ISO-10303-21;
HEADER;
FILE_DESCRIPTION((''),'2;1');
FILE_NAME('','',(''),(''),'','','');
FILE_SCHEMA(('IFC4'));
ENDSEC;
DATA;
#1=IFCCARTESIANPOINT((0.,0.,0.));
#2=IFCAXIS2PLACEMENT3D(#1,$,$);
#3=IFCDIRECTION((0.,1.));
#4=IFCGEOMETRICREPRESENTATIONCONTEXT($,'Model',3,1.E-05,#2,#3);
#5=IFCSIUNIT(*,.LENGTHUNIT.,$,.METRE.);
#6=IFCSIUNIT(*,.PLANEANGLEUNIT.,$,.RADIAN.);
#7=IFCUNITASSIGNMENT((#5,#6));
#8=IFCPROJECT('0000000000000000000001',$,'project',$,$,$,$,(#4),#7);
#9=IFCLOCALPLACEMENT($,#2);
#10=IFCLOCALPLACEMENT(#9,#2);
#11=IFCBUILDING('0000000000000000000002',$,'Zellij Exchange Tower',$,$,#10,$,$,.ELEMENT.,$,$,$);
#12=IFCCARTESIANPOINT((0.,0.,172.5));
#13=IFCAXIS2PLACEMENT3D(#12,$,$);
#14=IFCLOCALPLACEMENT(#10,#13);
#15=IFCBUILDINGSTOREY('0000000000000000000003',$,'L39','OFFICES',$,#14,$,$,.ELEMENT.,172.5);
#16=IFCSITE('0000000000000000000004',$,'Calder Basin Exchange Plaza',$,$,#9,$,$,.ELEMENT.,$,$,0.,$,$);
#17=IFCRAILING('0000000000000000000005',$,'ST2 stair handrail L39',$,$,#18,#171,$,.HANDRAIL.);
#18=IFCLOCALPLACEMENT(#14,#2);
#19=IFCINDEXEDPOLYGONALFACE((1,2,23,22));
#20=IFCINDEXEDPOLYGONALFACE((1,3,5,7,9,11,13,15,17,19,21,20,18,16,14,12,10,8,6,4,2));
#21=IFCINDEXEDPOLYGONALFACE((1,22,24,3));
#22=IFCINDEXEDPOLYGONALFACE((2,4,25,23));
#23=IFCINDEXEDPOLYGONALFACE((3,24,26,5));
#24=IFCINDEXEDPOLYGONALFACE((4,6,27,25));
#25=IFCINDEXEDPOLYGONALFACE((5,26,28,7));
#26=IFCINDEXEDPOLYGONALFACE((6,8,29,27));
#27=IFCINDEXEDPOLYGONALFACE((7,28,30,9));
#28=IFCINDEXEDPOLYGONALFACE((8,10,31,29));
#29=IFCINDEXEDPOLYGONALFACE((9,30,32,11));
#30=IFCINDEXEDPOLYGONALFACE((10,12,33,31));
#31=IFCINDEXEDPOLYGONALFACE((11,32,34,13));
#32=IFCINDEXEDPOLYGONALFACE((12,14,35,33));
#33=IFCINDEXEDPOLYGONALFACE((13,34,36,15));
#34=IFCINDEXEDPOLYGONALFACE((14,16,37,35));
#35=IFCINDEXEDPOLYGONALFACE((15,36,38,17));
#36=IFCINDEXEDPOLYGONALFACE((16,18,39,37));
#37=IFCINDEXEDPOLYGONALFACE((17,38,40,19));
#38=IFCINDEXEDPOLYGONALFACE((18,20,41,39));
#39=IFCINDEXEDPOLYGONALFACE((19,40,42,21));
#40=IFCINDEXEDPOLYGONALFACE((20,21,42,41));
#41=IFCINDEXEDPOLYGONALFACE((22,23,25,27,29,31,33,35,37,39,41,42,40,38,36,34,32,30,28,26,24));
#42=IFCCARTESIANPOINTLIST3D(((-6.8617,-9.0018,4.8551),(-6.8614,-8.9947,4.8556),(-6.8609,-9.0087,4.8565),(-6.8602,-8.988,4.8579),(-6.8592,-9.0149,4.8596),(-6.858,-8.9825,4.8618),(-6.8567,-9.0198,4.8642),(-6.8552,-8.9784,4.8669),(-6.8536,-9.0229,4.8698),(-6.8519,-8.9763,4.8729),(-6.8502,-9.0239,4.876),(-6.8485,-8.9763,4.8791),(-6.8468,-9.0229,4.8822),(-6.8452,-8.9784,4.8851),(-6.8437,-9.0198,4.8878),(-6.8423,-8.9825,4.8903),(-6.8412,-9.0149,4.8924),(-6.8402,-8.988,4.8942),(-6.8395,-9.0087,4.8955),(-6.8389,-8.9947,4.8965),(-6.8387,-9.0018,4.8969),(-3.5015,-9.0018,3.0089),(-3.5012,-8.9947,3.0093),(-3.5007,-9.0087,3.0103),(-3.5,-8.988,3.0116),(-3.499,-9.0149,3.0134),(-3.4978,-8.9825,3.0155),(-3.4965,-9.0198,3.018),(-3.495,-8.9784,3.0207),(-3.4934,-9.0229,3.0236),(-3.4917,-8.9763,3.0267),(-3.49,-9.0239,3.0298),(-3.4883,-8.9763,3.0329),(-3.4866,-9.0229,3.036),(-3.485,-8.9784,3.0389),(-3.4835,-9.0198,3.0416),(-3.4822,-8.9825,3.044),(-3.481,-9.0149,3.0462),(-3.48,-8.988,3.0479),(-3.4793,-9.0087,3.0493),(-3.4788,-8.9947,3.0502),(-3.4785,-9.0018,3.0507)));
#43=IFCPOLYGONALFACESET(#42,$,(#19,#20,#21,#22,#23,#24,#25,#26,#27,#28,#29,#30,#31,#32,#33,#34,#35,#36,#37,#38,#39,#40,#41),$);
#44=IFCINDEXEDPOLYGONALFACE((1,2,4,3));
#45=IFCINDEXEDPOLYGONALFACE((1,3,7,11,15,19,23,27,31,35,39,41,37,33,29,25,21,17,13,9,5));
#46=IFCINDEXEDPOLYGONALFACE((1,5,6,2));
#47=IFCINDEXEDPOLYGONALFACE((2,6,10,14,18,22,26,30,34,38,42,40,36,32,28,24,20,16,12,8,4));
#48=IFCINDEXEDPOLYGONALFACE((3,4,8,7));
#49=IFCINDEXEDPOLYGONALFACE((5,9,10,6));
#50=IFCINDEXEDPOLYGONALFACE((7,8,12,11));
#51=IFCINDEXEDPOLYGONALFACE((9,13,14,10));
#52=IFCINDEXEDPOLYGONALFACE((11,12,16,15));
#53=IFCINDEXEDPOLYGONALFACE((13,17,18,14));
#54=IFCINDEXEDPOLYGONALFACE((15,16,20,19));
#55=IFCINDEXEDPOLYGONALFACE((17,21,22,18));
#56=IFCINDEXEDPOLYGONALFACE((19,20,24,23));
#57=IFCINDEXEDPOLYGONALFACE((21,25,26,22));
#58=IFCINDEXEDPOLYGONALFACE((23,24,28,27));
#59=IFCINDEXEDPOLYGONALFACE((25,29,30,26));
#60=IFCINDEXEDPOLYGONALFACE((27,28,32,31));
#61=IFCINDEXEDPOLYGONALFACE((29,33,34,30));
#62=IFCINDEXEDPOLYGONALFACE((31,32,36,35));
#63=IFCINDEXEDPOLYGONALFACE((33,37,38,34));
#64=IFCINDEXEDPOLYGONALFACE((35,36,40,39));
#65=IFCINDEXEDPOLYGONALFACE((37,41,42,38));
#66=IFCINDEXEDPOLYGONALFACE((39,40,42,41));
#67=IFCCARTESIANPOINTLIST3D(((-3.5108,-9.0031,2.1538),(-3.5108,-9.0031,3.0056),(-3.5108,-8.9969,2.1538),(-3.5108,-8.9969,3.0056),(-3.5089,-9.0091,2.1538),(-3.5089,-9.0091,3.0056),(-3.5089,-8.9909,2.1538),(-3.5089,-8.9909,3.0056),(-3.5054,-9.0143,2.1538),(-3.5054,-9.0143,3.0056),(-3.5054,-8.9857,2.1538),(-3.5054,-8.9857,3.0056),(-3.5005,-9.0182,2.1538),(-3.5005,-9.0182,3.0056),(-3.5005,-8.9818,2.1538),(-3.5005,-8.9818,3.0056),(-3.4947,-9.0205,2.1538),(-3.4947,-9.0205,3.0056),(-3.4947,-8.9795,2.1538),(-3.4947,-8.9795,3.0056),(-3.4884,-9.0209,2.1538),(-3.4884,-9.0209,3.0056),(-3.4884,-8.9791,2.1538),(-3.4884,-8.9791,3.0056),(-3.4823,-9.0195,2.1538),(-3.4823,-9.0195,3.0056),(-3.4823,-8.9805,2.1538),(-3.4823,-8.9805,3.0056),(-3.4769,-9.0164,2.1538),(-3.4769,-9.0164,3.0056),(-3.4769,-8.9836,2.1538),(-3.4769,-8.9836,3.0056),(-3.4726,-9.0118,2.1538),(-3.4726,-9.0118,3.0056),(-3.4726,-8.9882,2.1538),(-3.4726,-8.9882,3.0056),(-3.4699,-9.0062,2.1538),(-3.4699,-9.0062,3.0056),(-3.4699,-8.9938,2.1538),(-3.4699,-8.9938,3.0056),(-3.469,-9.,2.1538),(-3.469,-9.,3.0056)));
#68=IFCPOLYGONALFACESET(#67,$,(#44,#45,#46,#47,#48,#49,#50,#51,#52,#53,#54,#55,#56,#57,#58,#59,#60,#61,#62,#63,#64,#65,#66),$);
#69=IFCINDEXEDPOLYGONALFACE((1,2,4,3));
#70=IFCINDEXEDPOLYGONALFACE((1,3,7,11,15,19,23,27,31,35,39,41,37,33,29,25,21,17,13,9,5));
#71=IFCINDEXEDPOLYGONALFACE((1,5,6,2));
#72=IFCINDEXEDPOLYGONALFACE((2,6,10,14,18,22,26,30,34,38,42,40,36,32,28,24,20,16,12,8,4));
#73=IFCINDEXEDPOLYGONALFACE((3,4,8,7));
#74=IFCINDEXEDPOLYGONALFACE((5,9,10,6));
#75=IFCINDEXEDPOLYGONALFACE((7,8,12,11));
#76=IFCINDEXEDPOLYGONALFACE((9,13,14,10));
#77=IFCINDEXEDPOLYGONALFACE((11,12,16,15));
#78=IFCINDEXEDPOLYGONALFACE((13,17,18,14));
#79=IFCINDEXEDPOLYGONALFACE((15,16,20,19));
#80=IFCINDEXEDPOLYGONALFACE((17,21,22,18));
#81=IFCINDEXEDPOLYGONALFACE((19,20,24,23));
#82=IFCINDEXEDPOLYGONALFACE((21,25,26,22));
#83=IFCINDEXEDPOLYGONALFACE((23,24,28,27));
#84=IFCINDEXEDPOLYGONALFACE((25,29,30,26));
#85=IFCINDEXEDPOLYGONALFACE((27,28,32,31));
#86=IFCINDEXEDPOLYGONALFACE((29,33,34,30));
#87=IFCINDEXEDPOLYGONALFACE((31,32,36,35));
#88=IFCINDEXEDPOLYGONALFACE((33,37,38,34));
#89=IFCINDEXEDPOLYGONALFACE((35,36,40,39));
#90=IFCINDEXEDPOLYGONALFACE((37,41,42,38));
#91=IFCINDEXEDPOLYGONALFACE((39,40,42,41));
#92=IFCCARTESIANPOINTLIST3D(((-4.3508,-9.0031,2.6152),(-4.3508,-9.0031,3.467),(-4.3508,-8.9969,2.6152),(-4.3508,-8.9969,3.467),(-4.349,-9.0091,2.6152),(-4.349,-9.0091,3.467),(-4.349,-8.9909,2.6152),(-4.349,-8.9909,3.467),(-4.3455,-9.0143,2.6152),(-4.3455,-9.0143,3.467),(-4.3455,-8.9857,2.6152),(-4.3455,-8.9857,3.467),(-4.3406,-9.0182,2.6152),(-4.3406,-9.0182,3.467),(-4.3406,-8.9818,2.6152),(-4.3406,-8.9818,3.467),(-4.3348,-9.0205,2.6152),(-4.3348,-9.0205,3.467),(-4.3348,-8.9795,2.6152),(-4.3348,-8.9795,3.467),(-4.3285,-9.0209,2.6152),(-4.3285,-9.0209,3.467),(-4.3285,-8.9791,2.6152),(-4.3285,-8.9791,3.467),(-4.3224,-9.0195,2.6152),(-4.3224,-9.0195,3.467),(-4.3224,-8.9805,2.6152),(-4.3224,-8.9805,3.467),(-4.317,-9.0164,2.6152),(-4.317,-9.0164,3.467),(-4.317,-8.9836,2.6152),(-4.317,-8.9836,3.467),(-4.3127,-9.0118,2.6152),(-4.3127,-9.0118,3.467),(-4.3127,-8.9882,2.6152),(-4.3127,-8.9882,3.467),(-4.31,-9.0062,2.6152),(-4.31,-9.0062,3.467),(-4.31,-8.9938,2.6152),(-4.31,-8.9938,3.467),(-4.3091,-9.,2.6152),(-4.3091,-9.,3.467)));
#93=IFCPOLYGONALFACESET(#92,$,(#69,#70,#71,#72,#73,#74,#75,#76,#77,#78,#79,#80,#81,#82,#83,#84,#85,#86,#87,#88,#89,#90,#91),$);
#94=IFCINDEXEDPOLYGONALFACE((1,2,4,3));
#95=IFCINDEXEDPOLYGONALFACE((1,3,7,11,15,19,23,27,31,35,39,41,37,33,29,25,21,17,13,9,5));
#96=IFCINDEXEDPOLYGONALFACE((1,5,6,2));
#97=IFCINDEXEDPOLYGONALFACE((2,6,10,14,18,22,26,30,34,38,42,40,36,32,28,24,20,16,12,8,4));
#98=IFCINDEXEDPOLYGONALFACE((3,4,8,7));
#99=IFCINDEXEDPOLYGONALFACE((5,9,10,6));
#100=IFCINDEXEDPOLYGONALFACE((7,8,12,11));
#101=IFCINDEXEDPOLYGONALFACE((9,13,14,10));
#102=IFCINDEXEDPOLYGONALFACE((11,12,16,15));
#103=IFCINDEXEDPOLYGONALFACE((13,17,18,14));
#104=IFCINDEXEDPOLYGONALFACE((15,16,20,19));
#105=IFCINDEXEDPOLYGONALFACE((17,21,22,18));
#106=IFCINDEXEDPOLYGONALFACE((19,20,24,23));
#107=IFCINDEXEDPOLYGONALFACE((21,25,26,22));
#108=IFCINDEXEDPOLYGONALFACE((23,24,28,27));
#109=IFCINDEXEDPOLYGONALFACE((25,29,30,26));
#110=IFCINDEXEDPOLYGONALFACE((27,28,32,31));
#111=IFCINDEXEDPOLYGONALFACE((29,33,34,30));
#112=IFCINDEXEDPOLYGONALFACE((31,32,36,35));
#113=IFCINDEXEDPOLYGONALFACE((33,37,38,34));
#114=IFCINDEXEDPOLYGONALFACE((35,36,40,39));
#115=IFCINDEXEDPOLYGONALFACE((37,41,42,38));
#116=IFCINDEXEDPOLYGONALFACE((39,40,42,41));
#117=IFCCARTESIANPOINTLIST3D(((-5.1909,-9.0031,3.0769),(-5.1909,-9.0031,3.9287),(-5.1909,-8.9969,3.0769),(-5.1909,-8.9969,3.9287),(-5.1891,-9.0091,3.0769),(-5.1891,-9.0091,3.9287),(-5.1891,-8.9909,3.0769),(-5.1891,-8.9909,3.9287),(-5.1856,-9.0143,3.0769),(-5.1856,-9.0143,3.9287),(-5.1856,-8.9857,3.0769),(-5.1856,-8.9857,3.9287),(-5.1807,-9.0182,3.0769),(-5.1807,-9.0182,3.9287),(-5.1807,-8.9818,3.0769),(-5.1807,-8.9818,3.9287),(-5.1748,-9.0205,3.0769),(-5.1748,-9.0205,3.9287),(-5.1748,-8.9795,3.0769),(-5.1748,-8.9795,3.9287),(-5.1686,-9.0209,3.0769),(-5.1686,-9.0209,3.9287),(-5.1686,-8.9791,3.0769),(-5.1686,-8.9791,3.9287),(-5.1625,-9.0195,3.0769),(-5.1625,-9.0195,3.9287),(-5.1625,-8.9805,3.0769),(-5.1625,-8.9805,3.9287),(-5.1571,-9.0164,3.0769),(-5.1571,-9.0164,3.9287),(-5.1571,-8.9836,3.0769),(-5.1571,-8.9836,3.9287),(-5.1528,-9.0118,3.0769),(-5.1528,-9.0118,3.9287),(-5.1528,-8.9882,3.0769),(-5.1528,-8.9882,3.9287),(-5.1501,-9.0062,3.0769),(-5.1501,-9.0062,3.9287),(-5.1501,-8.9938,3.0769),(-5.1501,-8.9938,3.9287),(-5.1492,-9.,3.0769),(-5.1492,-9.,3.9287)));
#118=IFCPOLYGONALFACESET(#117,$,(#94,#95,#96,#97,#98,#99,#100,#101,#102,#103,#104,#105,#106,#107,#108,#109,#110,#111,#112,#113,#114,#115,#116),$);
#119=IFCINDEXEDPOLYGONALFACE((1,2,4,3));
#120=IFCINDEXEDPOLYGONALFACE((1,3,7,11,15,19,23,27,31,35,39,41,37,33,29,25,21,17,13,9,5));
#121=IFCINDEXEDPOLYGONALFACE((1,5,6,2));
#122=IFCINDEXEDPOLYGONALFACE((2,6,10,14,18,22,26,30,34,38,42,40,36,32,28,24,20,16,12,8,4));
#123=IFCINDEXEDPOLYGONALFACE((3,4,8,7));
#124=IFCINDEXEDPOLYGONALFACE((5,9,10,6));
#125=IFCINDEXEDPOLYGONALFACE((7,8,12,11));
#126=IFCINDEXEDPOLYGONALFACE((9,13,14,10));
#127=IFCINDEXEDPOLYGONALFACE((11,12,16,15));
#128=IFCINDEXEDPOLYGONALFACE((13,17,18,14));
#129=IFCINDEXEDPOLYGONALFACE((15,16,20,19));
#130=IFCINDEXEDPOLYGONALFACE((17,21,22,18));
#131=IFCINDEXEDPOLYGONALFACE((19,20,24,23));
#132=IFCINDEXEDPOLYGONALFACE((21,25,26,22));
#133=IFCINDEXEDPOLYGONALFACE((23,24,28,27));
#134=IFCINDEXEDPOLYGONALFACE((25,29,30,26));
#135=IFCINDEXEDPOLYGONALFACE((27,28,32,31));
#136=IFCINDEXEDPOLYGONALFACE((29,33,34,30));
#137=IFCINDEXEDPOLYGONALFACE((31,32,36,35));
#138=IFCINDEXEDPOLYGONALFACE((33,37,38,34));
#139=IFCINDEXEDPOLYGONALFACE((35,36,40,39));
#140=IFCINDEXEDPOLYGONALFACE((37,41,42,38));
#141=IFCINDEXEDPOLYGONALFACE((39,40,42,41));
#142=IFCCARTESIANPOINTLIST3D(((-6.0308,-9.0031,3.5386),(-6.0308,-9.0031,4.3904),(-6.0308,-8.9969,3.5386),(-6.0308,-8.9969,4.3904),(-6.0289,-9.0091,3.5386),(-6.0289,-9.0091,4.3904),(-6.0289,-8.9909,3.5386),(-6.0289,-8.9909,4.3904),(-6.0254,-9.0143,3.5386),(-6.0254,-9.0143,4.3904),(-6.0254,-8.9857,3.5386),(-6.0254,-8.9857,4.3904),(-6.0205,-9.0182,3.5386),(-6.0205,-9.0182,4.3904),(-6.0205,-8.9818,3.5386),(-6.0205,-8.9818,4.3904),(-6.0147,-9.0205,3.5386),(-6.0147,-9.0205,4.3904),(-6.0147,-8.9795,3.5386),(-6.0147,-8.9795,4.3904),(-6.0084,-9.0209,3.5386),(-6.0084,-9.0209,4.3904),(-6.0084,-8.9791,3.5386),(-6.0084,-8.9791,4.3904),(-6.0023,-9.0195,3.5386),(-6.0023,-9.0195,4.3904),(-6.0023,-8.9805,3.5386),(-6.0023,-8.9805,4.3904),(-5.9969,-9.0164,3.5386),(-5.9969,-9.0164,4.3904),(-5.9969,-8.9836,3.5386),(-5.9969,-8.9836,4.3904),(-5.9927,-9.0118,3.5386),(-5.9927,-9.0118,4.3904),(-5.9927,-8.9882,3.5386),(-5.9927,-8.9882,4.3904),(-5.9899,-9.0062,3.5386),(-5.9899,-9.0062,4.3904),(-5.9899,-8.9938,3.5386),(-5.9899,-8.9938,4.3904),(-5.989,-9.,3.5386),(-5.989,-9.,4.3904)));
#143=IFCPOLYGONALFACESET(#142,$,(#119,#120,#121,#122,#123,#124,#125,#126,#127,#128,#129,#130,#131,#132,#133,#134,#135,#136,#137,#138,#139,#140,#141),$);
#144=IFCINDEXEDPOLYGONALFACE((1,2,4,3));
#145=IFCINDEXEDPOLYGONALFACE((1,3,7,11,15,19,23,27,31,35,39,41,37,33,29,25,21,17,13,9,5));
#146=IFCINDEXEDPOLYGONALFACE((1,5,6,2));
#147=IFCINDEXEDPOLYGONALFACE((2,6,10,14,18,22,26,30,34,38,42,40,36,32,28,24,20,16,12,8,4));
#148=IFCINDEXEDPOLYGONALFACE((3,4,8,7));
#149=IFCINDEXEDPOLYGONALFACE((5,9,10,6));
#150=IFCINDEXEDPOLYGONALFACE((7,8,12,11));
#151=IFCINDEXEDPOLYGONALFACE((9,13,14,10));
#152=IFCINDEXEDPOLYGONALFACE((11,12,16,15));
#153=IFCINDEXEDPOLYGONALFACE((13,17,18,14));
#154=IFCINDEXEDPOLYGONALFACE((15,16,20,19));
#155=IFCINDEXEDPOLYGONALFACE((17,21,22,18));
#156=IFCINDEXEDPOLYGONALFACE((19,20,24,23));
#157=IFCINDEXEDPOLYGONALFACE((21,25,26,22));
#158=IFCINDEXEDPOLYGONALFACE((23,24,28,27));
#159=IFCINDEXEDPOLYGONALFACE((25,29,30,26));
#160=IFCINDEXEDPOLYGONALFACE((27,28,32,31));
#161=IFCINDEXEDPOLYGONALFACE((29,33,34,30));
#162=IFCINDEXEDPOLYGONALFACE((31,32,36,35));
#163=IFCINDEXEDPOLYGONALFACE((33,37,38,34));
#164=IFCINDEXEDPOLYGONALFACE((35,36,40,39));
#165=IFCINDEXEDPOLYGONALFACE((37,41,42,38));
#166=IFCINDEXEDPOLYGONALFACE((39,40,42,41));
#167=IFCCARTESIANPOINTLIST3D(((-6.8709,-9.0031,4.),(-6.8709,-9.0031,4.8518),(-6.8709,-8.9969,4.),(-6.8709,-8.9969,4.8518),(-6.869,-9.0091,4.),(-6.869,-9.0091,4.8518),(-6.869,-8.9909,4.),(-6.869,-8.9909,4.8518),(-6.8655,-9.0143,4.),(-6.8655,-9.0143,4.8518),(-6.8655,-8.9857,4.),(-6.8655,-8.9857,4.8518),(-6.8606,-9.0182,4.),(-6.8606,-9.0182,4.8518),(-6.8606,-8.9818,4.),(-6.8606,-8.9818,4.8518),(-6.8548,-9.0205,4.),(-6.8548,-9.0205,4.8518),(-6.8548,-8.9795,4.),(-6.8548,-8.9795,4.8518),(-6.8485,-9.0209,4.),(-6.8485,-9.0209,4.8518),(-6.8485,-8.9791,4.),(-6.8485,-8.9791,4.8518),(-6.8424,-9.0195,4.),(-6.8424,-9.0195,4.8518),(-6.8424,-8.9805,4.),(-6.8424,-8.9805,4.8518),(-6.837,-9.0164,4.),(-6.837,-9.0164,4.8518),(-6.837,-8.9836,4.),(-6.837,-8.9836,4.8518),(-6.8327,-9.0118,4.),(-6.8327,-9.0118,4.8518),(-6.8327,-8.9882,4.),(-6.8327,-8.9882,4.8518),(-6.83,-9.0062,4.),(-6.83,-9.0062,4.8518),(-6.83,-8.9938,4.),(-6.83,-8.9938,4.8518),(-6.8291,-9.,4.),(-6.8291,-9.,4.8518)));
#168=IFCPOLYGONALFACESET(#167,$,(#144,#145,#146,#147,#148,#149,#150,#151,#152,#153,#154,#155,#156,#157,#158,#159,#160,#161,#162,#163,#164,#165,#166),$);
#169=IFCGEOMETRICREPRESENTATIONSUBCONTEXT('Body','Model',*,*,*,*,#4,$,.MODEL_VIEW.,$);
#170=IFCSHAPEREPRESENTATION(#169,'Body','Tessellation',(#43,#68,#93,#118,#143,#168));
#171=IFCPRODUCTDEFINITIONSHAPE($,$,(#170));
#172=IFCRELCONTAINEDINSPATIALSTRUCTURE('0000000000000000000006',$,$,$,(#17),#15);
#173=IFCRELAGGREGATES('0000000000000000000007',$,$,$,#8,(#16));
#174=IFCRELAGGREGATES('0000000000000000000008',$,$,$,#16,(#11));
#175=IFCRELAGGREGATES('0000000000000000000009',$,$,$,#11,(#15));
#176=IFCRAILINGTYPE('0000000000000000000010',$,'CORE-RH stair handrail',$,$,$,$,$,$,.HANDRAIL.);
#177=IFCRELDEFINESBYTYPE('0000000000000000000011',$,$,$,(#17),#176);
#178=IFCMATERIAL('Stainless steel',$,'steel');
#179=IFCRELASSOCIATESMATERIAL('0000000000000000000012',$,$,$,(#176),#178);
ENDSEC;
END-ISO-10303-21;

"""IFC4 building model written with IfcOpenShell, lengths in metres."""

from ifc_helpers import new_model, si_unit, direction, frame, origin, origin_2d, place, context, subcontext, project, spatial, circle, extrude, material, type_object, element, save


model = new_model("IFC4")

# Units and contexts
model_context = context("Model", 3, precision=1e-05, world=origin(), true_north=direction((0.0, 1.0)))
body_context = subcontext(model_context, "Body", "Model", "MODEL_VIEW")
ifc_project = project(units=[si_unit("LENGTHUNIT", "METRE"), si_unit("PLANEANGLEUNIT", "RADIAN")], contexts=[model_context])

# Site, building, storey
site_placement = place(None, origin())
site = spatial("IfcSite", under=ifc_project, at=site_placement, Name="Calder Basin Exchange Plaza", CompositionType="ELEMENT", RefElevation=0.0)
building_placement = place(site_placement, origin())
building = spatial("IfcBuilding", under=site, at=building_placement, Name="Zellij Exchange Tower", CompositionType="ELEMENT")
storey_placement = place(building_placement, frame((0.0, 0.0, 172.5)))
storey = spatial("IfcBuildingStorey", under=building, at=storey_placement, Name="L39", Description="OFFICES", CompositionType="ELEMENT", Elevation=172.5)

# Railing
ifc_material_1 = material(Name="Stainless steel", Category="steel")
railing_type_1 = type_object("IfcRailingType", Name="CORE-RH stair handrail", PredefinedType="HANDRAIL", material=ifc_material_1)
railing_1_placement = place(storey_placement, frame((-3.49, -9.0, 2.1538)))
element("IfcRailing", 1, at=railing_1_placement, inside=storey, type_object=railing_type_1, Name="ST2 stair handrail L39", PredefinedType="HANDRAIL", context=body_context, shape_type="SweptSolid", body=[
    extrude(circle(Radius=0.0239, at=origin_2d()), frame((0.0, 0.0, 0.876), z_axis=(-0.876422, 0.0, 0.481545), x_axis=(0.0, -1.0, 0.0)), (0.0, 0.0, 1.0), 3.834),
    extrude(circle(Radius=0.021, at=origin_2d()), origin(), (0.0, 0.0, 1.0), 0.8518),
    extrude(circle(Radius=0.021, at=origin_2d()), frame((-0.8401, 0.0, 0.4614)), (0.0, 0.0, 1.0), 0.8518),
    extrude(circle(Radius=0.021, at=origin_2d()), frame((-1.6802, 0.0, 0.9231)), (0.0, 0.0, 1.0), 0.8518),
    extrude(circle(Radius=0.021, at=origin_2d()), frame((-2.52, 0.0, 1.3848)), (0.0, 0.0, 1.0), 0.8518),
    extrude(circle(Radius=0.021, at=origin_2d()), frame((-3.3601, 0.0, 1.8462)), (0.0, 0.0, 1.0), 0.8518),
])

save(model, "model.ifc")
